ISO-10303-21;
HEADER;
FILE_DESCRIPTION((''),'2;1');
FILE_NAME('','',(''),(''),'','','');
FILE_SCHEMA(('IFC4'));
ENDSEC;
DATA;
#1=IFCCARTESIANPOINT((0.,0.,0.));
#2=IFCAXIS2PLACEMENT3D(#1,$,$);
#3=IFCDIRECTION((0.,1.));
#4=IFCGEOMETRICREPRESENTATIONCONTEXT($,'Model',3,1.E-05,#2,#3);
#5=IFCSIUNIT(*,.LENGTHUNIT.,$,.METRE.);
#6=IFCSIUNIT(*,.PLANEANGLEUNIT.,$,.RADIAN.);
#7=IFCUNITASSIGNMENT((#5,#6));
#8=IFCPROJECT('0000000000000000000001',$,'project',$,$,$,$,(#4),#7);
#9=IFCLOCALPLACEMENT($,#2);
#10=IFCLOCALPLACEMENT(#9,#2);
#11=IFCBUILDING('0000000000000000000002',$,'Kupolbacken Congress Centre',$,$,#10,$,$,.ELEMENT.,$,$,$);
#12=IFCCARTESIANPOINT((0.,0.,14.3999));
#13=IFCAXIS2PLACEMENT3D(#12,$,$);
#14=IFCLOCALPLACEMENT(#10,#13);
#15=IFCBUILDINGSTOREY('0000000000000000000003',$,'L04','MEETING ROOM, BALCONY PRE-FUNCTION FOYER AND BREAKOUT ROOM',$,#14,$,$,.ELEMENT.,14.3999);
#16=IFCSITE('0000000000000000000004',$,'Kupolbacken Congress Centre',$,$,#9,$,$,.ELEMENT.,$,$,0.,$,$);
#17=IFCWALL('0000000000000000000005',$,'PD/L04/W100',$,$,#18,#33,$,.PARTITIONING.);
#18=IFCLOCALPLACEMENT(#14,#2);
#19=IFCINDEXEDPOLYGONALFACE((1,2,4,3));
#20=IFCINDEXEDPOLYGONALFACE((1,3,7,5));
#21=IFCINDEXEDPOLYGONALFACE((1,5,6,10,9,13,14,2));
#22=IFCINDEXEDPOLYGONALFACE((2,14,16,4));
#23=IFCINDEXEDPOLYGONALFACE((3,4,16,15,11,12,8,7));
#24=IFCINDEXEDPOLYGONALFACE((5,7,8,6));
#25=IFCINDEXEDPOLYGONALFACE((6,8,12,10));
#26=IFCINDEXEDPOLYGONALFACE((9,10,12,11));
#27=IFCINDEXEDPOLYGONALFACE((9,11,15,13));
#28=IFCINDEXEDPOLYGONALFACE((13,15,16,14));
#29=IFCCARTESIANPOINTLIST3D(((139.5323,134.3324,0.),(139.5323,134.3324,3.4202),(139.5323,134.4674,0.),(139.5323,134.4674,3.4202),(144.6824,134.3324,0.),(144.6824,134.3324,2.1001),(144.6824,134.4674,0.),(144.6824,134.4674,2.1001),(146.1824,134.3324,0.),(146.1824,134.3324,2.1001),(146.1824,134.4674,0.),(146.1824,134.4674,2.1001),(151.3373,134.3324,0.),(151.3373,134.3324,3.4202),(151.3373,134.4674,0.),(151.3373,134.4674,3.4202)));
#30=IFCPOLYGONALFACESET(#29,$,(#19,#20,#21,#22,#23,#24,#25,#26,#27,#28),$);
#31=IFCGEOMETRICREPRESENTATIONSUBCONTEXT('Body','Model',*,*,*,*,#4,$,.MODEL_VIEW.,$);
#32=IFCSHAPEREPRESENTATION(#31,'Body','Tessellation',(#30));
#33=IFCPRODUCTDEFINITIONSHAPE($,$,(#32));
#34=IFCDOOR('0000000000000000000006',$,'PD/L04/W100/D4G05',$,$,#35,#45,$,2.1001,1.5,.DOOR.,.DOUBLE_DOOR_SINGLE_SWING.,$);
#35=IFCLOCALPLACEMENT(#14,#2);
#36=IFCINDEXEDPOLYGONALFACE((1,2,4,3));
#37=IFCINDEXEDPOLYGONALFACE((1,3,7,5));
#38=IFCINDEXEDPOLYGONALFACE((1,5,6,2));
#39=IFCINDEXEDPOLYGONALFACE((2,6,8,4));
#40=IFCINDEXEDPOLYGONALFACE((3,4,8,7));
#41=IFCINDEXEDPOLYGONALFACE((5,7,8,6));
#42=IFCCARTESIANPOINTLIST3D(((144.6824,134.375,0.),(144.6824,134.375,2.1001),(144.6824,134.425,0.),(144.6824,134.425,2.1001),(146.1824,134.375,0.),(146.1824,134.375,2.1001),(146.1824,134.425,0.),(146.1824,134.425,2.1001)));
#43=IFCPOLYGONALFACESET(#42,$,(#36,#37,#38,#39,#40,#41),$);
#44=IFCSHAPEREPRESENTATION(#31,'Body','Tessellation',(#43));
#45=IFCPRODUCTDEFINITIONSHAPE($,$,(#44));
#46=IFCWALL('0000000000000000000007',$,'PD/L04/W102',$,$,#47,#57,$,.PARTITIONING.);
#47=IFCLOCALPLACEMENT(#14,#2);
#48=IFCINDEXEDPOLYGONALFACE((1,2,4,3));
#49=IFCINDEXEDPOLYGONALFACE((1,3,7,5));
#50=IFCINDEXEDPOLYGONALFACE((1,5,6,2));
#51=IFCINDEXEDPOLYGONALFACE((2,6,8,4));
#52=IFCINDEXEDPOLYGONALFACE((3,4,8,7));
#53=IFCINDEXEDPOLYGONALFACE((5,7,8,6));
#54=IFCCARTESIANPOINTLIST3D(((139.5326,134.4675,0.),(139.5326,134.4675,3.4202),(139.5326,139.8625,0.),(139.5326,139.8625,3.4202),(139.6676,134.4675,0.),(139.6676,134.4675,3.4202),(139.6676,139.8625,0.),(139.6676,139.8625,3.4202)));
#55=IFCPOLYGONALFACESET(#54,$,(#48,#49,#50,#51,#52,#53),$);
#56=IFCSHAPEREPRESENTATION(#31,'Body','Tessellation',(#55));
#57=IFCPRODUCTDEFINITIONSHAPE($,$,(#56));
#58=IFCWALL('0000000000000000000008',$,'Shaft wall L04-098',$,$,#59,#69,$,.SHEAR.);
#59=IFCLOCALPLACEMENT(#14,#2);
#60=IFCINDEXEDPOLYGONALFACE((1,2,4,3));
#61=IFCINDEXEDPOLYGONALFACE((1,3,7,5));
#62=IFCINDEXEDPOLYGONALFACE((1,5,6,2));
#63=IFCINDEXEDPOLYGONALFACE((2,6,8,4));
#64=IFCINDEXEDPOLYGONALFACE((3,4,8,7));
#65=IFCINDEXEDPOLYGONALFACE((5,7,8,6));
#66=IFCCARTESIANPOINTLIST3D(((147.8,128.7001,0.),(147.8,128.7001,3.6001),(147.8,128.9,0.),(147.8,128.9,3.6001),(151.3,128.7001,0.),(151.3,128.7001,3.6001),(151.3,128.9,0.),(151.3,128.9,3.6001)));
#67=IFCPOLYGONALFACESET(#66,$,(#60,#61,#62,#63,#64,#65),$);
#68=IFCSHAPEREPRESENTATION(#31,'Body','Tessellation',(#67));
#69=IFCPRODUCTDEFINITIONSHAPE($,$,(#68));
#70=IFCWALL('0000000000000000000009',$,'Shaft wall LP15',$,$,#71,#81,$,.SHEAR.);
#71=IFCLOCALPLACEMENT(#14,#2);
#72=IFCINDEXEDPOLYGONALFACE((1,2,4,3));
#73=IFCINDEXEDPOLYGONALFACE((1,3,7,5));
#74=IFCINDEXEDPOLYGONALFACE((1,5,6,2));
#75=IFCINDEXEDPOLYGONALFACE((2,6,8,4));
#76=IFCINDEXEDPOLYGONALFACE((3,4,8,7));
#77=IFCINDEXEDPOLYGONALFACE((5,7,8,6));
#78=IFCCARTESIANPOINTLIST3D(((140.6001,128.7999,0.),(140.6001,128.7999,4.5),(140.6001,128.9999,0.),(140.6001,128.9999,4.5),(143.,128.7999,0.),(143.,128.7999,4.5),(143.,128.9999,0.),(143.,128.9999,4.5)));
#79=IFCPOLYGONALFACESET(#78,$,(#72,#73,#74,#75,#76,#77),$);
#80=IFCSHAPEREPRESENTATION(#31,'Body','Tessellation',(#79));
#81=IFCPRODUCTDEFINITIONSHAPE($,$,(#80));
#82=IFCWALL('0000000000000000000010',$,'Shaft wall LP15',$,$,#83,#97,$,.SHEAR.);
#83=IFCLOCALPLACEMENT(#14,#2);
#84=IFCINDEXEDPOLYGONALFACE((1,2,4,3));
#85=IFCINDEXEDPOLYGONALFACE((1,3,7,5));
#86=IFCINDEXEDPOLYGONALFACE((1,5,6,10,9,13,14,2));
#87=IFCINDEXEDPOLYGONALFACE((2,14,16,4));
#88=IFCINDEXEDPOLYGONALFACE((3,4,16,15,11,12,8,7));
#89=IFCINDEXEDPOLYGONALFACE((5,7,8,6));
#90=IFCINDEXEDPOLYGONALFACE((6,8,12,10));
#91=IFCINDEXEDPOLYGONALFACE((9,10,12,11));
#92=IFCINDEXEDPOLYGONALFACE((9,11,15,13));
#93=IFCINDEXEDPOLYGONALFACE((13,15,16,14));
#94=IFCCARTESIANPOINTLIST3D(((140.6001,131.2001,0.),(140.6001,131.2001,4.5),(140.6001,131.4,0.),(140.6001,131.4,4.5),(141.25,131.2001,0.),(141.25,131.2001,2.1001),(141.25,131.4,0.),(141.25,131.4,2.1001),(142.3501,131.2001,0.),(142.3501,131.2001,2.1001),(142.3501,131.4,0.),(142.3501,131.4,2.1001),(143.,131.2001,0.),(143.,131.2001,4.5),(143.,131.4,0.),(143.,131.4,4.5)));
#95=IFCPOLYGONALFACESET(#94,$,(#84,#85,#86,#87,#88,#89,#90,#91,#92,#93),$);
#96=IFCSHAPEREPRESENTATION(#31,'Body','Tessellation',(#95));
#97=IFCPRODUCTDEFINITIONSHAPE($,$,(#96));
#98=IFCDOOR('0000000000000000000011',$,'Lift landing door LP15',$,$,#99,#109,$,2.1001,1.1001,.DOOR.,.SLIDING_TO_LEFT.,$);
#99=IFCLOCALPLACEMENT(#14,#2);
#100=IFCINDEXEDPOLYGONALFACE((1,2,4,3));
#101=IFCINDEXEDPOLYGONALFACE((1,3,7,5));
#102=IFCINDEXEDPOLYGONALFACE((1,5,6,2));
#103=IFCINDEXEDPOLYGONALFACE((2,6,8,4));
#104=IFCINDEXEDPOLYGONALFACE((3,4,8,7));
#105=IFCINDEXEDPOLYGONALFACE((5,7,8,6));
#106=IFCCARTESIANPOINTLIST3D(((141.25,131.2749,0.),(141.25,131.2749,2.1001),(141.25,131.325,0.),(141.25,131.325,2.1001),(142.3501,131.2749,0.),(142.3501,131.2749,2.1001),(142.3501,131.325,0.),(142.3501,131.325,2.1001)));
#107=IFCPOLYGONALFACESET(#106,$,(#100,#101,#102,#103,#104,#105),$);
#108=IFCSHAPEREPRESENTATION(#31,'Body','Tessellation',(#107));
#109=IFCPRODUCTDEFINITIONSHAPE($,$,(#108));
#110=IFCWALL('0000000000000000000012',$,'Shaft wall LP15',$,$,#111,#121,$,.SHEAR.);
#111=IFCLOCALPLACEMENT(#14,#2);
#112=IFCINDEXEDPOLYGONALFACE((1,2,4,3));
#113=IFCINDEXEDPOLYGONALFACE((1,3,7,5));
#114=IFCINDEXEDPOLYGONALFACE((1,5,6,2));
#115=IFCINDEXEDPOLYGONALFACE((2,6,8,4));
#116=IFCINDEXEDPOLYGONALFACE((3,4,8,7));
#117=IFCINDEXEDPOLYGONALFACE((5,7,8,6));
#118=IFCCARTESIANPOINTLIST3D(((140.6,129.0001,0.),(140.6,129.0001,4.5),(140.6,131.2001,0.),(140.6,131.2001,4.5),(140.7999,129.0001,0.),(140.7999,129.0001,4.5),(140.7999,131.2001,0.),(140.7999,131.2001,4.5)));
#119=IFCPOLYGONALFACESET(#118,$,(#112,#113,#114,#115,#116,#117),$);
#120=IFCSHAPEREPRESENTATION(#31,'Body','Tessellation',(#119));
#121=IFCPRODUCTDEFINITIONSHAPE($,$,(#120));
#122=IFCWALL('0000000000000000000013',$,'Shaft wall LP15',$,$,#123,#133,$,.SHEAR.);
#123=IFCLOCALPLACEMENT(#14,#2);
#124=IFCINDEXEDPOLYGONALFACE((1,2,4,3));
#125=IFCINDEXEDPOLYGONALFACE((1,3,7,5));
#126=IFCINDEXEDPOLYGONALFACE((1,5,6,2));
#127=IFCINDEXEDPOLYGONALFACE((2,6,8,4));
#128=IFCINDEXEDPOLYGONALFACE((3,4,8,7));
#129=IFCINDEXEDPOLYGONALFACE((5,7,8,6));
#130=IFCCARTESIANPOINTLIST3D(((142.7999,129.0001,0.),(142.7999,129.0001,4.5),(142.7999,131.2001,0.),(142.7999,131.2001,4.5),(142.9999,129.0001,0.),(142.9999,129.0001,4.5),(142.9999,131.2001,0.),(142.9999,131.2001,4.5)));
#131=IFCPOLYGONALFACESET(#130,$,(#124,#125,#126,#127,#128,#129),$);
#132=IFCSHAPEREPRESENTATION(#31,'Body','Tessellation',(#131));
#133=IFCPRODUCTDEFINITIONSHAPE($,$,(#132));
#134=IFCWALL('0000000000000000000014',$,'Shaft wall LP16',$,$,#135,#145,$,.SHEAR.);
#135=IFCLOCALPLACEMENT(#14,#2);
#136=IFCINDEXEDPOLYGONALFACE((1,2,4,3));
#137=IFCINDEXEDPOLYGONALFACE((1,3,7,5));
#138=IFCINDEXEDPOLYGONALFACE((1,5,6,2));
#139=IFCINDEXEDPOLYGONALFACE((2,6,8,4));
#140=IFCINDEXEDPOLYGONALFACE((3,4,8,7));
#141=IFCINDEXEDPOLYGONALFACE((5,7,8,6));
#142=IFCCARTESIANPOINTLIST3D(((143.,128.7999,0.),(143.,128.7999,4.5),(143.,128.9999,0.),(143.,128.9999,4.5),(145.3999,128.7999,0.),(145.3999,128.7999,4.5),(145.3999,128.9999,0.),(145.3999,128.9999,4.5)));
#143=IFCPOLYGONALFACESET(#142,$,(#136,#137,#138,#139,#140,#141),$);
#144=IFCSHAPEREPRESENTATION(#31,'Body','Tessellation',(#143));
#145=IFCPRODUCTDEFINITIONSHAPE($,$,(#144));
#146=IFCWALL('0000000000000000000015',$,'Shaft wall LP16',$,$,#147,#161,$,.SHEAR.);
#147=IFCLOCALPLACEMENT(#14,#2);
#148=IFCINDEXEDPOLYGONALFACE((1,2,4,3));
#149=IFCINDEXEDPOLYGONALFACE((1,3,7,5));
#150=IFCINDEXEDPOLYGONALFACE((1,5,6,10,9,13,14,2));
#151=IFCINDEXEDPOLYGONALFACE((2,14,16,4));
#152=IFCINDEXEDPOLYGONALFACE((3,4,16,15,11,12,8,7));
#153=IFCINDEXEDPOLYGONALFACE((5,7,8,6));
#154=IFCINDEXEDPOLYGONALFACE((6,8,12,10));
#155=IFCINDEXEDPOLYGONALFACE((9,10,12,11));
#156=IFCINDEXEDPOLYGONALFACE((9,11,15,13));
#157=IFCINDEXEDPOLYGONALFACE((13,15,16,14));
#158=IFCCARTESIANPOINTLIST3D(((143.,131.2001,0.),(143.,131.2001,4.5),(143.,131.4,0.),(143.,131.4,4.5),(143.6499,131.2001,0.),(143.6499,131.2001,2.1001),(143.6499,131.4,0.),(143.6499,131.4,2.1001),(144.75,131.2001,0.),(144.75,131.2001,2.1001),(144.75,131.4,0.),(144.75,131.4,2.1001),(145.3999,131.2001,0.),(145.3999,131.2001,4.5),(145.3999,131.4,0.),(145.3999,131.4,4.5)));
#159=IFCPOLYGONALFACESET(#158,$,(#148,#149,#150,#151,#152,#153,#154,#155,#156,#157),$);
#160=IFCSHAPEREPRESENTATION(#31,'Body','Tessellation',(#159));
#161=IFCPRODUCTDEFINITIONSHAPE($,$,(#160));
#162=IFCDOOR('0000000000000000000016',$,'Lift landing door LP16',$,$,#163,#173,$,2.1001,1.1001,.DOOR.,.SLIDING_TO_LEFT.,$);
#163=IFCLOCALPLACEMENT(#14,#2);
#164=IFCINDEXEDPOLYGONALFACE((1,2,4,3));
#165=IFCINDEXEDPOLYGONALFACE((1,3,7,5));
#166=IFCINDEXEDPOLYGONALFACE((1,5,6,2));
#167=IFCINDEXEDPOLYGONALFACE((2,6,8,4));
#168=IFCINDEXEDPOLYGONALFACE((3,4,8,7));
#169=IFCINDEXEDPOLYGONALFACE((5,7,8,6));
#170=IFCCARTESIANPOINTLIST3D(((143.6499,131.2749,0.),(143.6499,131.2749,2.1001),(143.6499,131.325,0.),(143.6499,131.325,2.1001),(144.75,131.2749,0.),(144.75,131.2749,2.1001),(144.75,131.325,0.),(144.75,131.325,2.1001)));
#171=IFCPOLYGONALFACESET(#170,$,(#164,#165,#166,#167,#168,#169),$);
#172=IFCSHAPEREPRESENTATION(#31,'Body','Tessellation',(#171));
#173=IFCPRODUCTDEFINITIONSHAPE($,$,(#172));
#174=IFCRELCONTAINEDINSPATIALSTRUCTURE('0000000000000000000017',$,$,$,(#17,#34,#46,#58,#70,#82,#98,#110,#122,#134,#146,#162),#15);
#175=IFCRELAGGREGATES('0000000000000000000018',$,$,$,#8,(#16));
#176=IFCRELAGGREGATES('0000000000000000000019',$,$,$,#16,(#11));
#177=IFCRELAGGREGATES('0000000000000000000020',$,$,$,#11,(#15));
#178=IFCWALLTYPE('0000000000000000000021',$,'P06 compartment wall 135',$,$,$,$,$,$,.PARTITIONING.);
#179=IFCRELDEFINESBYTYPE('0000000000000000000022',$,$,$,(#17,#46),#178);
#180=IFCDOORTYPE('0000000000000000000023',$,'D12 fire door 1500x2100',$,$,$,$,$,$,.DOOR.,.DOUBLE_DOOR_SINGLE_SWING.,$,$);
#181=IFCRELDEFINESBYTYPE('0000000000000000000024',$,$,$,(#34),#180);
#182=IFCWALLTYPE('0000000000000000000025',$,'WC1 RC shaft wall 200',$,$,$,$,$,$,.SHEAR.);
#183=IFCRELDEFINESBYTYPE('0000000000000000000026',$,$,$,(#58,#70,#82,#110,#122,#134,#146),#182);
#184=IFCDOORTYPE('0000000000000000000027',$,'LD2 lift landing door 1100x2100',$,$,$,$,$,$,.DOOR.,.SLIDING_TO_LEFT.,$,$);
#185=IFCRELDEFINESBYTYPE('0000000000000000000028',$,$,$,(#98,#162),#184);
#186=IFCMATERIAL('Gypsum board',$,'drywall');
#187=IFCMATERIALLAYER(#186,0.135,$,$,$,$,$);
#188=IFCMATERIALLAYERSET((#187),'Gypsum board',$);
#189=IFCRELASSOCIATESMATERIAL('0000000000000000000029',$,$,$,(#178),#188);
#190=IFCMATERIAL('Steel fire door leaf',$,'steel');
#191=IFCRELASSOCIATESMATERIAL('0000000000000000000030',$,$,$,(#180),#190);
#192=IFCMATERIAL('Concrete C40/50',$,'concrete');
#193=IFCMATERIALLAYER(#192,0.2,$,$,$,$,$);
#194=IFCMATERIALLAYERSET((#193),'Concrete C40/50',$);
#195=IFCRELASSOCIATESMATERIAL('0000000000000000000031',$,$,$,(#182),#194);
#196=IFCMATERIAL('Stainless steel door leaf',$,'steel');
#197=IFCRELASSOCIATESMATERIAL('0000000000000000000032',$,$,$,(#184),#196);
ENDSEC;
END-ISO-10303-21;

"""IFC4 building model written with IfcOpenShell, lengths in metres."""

from ifc_helpers import new_model, si_unit, direction, frame, frame_2d, origin, place, context, subcontext, project, spatial, rectangle, extrude, material, layer, layer_set, type_object, element, fill, save


model = new_model("IFC4")

# Units and contexts
model_context = context("Model", 3, precision=1e-05, world=origin(), true_north=direction((0.0, 1.0)))
body_context = subcontext(model_context, "Body", "Model", "MODEL_VIEW")
ifc_project = project(units=[si_unit("LENGTHUNIT", "METRE"), si_unit("PLANEANGLEUNIT", "RADIAN")], contexts=[model_context])

# Site, building, storey
site_placement = place(None, origin())
site = spatial("IfcSite", under=ifc_project, at=site_placement, Name="Kupolbacken Congress Centre", CompositionType="ELEMENT", RefElevation=0.0)
building_placement = place(site_placement, origin())
building = spatial("IfcBuilding", under=site, at=building_placement, Name="Kupolbacken Congress Centre", CompositionType="ELEMENT")
storey_placement = place(building_placement, frame((0.0, 0.0, 14.3999)))
storey = spatial("IfcBuildingStorey", under=building, at=storey_placement, Name="L04", Description="MEETING ROOM, BALCONY PRE-FUNCTION FOYER AND BREAKOUT ROOM", CompositionType="ELEMENT", Elevation=14.3999)

# Wall, opening, door
ifc_material_1 = material(Name="Gypsum board", Category="drywall")
ifc_layer_1 = layer(ifc_material_1, 0.135)
ifc_layer_set_1 = layer_set([ifc_layer_1], Name="Gypsum board")
wall_type_1 = type_object("IfcWallType", Name="P06 compartment wall 135", PredefinedType="PARTITIONING", material=ifc_layer_set_1)
wall_1_placement = place(storey_placement, frame((139.5325, 134.3999, 0.0), z_axis=(0.0, 0.0, 1.0), x_axis=(1.0, 0.0, 0.0)))
wall_1 = element("IfcWall", 1, at=wall_1_placement, inside=storey, type_object=wall_type_1, Name="PD/L04/W100", PredefinedType="PARTITIONING", context=body_context, shape_type="SweptSolid", body=[
    extrude(rectangle(XDim=11.8049, YDim=0.135, at=frame_2d((5.9023, 0.0))), origin(), (0.0, 0.0, 1.0), 3.4202),
])
opening_1_placement = place(wall_1_placement, frame((5.1499, 0.0, 0.0)))
opening_1 = element("IfcOpeningElement", 2, at=opening_1_placement, cuts=wall_1, PredefinedType="OPENING", context=body_context, shape_type="SweptSolid", body=[
    extrude(rectangle(XDim=1.5, YDim=2.1001, at=frame_2d((0.75, 1.05))), frame((0.0, 0.0774, 0.0), z_axis=(0.0, -1.0, 0.0), x_axis=(1.0, 0.0, 0.0)), (0.0, 0.0, 1.0), 0.155),
])
ifc_material_2 = material(Name="Steel fire door leaf", Category="steel")
door_type_1 = type_object("IfcDoorType", Name="D12 fire door 1500x2100", OperationType="DOUBLE_DOOR_SINGLE_SWING", PredefinedType="DOOR", material=ifc_material_2)
door_1_placement = place(opening_1_placement, frame((1.5, 0.0, 0.0), z_axis=(0.0, 0.0, 1.0), x_axis=(-1.0, 0.0, 0.0)))
door_1 = element("IfcDoor", 3, at=door_1_placement, inside=storey, type_object=door_type_1, Name="PD/L04/W100/D4G05", OperationType="DOUBLE_DOOR_SINGLE_SWING", OverallHeight=2.1001, OverallWidth=1.5, PredefinedType="DOOR", context=body_context, shape_type="SweptSolid", body=[
    extrude(rectangle(XDim=1.5, YDim=2.1001, at=frame_2d((0.75, 1.05))), frame((0.0, 0.0249, 0.0), z_axis=(0.0, -1.0, 0.0), x_axis=(1.0, 0.0, 0.0)), (0.0, 0.0, 1.0), 0.05),
])
fill(opening_1, door_1)

# Walls
wall_2_placement = place(storey_placement, frame((139.6001, 139.8625, 0.0), z_axis=(0.0, 0.0, 1.0), x_axis=(0.0, -1.0, 0.0)))
element("IfcWall", 4, at=wall_2_placement, inside=storey, type_object=wall_type_1, Name="PD/L04/W102", PredefinedType="PARTITIONING", context=body_context, shape_type="SweptSolid", body=[
    extrude(rectangle(XDim=5.395, YDim=0.135, at=frame_2d((2.6975, 0.0))), origin(), (0.0, 0.0, 1.0), 3.4202),
])
ifc_material_3 = material(Name="Concrete C40/50", Category="concrete")
ifc_layer_2 = layer(ifc_material_3, 0.2)
ifc_layer_set_2 = layer_set([ifc_layer_2], Name="Concrete C40/50")
wall_type_2 = type_object("IfcWallType", Name="WC1 RC shaft wall 200", PredefinedType="SHEAR", material=ifc_layer_set_2)
wall_3_placement = place(storey_placement, frame((147.8, 128.8, 0.0), z_axis=(0.0, 0.0, 1.0), x_axis=(1.0, 0.0, 0.0)))
element("IfcWall", 5, at=wall_3_placement, inside=storey, type_object=wall_type_2, Name="Shaft wall L04-098", PredefinedType="SHEAR", context=body_context, shape_type="SweptSolid", body=[
    extrude(rectangle(XDim=3.5, YDim=0.2, at=frame_2d((1.75, 0.0))), origin(), (0.0, 0.0, 1.0), 3.6001),
])
wall_4_placement = place(storey_placement, frame((140.6001, 128.8999, 0.0), z_axis=(0.0, 0.0, 1.0), x_axis=(1.0, 0.0, 0.0)))
element("IfcWall", 6, at=wall_4_placement, inside=storey, type_object=wall_type_2, Name="Shaft wall LP15", PredefinedType="SHEAR", context=body_context, shape_type="SweptSolid", body=[
    extrude(rectangle(XDim=2.3999, YDim=0.2, at=frame_2d((1.2, 0.0))), origin(), (0.0, 0.0, 1.0), 4.5),
])

# Wall, opening, door
wall_5_placement = place(storey_placement, frame((140.6001, 131.3, 0.0), z_axis=(0.0, 0.0, 1.0), x_axis=(1.0, 0.0, 0.0)))
wall_5 = element("IfcWall", 7, at=wall_5_placement, inside=storey, type_object=wall_type_2, Name="Shaft wall LP15", PredefinedType="SHEAR", context=body_context, shape_type="SweptSolid", body=[
    extrude(rectangle(XDim=2.3999, YDim=0.2, at=frame_2d((1.2, 0.0))), origin(), (0.0, 0.0, 1.0), 4.5),
])
opening_2_placement = place(wall_5_placement, frame((0.6499, 0.0, 0.0)))
opening_2 = element("IfcOpeningElement", 8, at=opening_2_placement, cuts=wall_5, PredefinedType="OPENING", context=body_context, shape_type="SweptSolid", body=[
    extrude(rectangle(XDim=1.1001, YDim=2.1001, at=frame_2d((0.55, 1.05))), frame((0.0, 0.1099, 0.0), z_axis=(0.0, -1.0, 0.0), x_axis=(1.0, 0.0, 0.0)), (0.0, 0.0, 1.0), 0.22),
])
ifc_material_4 = material(Name="Stainless steel door leaf", Category="steel")
door_type_2 = type_object("IfcDoorType", Name="LD2 lift landing door 1100x2100", OperationType="SLIDING_TO_LEFT", PredefinedType="DOOR", material=ifc_material_4)
door_2_placement = place(opening_2_placement, origin())
door_2 = element("IfcDoor", 9, at=door_2_placement, inside=storey, type_object=door_type_2, Name="Lift landing door LP15", OperationType="SLIDING_TO_LEFT", OverallHeight=2.1001, OverallWidth=1.1001, PredefinedType="DOOR", context=body_context, shape_type="SweptSolid", body=[
    extrude(rectangle(XDim=1.1001, YDim=2.1001, at=frame_2d((0.55, 1.05))), frame((0.0, 0.0249, 0.0), z_axis=(0.0, -1.0, 0.0), x_axis=(1.0, 0.0, 0.0)), (0.0, 0.0, 1.0), 0.05),
])
fill(opening_2, door_2)

# Walls
for number, where, z_axis, x_axis, name in (
    (10, (140.7, 129.0, 0.0), (0.0, 0.0, 1.0), (0.0, 1.0, 0.0), "Shaft wall LP15"),
    (11, (142.8999, 129.0, 0.0), (0.0, 0.0, 1.0), (0.0, 1.0, 0.0), "Shaft wall LP15"),
):
    element("IfcWall", number, at=place(storey_placement, frame(where, z_axis=z_axis, x_axis=x_axis)), inside=storey, type_object=wall_type_2, Name=name, PredefinedType="SHEAR", context=body_context, shape_type="SweptSolid", body=[
        extrude(rectangle(XDim=2.2, YDim=0.2, at=frame_2d((1.1001, 0.0))), origin(), (0.0, 0.0, 1.0), 4.5),
    ])
wall_6_placement = place(storey_placement, frame((143.0, 128.8999, 0.0), z_axis=(0.0, 0.0, 1.0), x_axis=(1.0, 0.0, 0.0)))
element("IfcWall", 12, at=wall_6_placement, inside=storey, type_object=wall_type_2, Name="Shaft wall LP16", PredefinedType="SHEAR", context=body_context, shape_type="SweptSolid", body=[
    extrude(rectangle(XDim=2.3999, YDim=0.2, at=frame_2d((1.2, 0.0))), origin(), (0.0, 0.0, 1.0), 4.5),
])

# Wall, opening, door
wall_7_placement = place(storey_placement, frame((143.0, 131.3, 0.0), z_axis=(0.0, 0.0, 1.0), x_axis=(1.0, 0.0, 0.0)))
wall_7 = element("IfcWall", 13, at=wall_7_placement, inside=storey, type_object=wall_type_2, Name="Shaft wall LP16", PredefinedType="SHEAR", context=body_context, shape_type="SweptSolid", body=[
    extrude(rectangle(XDim=2.3999, YDim=0.2, at=frame_2d((1.2, 0.0))), origin(), (0.0, 0.0, 1.0), 4.5),
])
opening_3_placement = place(wall_7_placement, frame((0.6499, 0.0, 0.0)))
opening_3 = element("IfcOpeningElement", 14, at=opening_3_placement, cuts=wall_7, PredefinedType="OPENING", context=body_context, shape_type="SweptSolid", body=[
    extrude(rectangle(XDim=1.1001, YDim=2.1001, at=frame_2d((0.55, 1.05))), frame((0.0, 0.1099, 0.0), z_axis=(0.0, -1.0, 0.0), x_axis=(1.0, 0.0, 0.0)), (0.0, 0.0, 1.0), 0.22),
])
door_3_placement = place(opening_3_placement, origin())
door_3 = element("IfcDoor", 15, at=door_3_placement, inside=storey, type_object=door_type_2, Name="Lift landing door LP16", OperationType="SLIDING_TO_LEFT", OverallHeight=2.1001, OverallWidth=1.1001, PredefinedType="DOOR", context=body_context, shape_type="SweptSolid", body=[
    extrude(rectangle(XDim=1.1001, YDim=2.1001, at=frame_2d((0.55, 1.05))), frame((0.0, 0.0249, 0.0), z_axis=(0.0, -1.0, 0.0), x_axis=(1.0, 0.0, 0.0)), (0.0, 0.0, 1.0), 0.05),
])
fill(opening_3, door_3)

save(model, "model.ifc")
